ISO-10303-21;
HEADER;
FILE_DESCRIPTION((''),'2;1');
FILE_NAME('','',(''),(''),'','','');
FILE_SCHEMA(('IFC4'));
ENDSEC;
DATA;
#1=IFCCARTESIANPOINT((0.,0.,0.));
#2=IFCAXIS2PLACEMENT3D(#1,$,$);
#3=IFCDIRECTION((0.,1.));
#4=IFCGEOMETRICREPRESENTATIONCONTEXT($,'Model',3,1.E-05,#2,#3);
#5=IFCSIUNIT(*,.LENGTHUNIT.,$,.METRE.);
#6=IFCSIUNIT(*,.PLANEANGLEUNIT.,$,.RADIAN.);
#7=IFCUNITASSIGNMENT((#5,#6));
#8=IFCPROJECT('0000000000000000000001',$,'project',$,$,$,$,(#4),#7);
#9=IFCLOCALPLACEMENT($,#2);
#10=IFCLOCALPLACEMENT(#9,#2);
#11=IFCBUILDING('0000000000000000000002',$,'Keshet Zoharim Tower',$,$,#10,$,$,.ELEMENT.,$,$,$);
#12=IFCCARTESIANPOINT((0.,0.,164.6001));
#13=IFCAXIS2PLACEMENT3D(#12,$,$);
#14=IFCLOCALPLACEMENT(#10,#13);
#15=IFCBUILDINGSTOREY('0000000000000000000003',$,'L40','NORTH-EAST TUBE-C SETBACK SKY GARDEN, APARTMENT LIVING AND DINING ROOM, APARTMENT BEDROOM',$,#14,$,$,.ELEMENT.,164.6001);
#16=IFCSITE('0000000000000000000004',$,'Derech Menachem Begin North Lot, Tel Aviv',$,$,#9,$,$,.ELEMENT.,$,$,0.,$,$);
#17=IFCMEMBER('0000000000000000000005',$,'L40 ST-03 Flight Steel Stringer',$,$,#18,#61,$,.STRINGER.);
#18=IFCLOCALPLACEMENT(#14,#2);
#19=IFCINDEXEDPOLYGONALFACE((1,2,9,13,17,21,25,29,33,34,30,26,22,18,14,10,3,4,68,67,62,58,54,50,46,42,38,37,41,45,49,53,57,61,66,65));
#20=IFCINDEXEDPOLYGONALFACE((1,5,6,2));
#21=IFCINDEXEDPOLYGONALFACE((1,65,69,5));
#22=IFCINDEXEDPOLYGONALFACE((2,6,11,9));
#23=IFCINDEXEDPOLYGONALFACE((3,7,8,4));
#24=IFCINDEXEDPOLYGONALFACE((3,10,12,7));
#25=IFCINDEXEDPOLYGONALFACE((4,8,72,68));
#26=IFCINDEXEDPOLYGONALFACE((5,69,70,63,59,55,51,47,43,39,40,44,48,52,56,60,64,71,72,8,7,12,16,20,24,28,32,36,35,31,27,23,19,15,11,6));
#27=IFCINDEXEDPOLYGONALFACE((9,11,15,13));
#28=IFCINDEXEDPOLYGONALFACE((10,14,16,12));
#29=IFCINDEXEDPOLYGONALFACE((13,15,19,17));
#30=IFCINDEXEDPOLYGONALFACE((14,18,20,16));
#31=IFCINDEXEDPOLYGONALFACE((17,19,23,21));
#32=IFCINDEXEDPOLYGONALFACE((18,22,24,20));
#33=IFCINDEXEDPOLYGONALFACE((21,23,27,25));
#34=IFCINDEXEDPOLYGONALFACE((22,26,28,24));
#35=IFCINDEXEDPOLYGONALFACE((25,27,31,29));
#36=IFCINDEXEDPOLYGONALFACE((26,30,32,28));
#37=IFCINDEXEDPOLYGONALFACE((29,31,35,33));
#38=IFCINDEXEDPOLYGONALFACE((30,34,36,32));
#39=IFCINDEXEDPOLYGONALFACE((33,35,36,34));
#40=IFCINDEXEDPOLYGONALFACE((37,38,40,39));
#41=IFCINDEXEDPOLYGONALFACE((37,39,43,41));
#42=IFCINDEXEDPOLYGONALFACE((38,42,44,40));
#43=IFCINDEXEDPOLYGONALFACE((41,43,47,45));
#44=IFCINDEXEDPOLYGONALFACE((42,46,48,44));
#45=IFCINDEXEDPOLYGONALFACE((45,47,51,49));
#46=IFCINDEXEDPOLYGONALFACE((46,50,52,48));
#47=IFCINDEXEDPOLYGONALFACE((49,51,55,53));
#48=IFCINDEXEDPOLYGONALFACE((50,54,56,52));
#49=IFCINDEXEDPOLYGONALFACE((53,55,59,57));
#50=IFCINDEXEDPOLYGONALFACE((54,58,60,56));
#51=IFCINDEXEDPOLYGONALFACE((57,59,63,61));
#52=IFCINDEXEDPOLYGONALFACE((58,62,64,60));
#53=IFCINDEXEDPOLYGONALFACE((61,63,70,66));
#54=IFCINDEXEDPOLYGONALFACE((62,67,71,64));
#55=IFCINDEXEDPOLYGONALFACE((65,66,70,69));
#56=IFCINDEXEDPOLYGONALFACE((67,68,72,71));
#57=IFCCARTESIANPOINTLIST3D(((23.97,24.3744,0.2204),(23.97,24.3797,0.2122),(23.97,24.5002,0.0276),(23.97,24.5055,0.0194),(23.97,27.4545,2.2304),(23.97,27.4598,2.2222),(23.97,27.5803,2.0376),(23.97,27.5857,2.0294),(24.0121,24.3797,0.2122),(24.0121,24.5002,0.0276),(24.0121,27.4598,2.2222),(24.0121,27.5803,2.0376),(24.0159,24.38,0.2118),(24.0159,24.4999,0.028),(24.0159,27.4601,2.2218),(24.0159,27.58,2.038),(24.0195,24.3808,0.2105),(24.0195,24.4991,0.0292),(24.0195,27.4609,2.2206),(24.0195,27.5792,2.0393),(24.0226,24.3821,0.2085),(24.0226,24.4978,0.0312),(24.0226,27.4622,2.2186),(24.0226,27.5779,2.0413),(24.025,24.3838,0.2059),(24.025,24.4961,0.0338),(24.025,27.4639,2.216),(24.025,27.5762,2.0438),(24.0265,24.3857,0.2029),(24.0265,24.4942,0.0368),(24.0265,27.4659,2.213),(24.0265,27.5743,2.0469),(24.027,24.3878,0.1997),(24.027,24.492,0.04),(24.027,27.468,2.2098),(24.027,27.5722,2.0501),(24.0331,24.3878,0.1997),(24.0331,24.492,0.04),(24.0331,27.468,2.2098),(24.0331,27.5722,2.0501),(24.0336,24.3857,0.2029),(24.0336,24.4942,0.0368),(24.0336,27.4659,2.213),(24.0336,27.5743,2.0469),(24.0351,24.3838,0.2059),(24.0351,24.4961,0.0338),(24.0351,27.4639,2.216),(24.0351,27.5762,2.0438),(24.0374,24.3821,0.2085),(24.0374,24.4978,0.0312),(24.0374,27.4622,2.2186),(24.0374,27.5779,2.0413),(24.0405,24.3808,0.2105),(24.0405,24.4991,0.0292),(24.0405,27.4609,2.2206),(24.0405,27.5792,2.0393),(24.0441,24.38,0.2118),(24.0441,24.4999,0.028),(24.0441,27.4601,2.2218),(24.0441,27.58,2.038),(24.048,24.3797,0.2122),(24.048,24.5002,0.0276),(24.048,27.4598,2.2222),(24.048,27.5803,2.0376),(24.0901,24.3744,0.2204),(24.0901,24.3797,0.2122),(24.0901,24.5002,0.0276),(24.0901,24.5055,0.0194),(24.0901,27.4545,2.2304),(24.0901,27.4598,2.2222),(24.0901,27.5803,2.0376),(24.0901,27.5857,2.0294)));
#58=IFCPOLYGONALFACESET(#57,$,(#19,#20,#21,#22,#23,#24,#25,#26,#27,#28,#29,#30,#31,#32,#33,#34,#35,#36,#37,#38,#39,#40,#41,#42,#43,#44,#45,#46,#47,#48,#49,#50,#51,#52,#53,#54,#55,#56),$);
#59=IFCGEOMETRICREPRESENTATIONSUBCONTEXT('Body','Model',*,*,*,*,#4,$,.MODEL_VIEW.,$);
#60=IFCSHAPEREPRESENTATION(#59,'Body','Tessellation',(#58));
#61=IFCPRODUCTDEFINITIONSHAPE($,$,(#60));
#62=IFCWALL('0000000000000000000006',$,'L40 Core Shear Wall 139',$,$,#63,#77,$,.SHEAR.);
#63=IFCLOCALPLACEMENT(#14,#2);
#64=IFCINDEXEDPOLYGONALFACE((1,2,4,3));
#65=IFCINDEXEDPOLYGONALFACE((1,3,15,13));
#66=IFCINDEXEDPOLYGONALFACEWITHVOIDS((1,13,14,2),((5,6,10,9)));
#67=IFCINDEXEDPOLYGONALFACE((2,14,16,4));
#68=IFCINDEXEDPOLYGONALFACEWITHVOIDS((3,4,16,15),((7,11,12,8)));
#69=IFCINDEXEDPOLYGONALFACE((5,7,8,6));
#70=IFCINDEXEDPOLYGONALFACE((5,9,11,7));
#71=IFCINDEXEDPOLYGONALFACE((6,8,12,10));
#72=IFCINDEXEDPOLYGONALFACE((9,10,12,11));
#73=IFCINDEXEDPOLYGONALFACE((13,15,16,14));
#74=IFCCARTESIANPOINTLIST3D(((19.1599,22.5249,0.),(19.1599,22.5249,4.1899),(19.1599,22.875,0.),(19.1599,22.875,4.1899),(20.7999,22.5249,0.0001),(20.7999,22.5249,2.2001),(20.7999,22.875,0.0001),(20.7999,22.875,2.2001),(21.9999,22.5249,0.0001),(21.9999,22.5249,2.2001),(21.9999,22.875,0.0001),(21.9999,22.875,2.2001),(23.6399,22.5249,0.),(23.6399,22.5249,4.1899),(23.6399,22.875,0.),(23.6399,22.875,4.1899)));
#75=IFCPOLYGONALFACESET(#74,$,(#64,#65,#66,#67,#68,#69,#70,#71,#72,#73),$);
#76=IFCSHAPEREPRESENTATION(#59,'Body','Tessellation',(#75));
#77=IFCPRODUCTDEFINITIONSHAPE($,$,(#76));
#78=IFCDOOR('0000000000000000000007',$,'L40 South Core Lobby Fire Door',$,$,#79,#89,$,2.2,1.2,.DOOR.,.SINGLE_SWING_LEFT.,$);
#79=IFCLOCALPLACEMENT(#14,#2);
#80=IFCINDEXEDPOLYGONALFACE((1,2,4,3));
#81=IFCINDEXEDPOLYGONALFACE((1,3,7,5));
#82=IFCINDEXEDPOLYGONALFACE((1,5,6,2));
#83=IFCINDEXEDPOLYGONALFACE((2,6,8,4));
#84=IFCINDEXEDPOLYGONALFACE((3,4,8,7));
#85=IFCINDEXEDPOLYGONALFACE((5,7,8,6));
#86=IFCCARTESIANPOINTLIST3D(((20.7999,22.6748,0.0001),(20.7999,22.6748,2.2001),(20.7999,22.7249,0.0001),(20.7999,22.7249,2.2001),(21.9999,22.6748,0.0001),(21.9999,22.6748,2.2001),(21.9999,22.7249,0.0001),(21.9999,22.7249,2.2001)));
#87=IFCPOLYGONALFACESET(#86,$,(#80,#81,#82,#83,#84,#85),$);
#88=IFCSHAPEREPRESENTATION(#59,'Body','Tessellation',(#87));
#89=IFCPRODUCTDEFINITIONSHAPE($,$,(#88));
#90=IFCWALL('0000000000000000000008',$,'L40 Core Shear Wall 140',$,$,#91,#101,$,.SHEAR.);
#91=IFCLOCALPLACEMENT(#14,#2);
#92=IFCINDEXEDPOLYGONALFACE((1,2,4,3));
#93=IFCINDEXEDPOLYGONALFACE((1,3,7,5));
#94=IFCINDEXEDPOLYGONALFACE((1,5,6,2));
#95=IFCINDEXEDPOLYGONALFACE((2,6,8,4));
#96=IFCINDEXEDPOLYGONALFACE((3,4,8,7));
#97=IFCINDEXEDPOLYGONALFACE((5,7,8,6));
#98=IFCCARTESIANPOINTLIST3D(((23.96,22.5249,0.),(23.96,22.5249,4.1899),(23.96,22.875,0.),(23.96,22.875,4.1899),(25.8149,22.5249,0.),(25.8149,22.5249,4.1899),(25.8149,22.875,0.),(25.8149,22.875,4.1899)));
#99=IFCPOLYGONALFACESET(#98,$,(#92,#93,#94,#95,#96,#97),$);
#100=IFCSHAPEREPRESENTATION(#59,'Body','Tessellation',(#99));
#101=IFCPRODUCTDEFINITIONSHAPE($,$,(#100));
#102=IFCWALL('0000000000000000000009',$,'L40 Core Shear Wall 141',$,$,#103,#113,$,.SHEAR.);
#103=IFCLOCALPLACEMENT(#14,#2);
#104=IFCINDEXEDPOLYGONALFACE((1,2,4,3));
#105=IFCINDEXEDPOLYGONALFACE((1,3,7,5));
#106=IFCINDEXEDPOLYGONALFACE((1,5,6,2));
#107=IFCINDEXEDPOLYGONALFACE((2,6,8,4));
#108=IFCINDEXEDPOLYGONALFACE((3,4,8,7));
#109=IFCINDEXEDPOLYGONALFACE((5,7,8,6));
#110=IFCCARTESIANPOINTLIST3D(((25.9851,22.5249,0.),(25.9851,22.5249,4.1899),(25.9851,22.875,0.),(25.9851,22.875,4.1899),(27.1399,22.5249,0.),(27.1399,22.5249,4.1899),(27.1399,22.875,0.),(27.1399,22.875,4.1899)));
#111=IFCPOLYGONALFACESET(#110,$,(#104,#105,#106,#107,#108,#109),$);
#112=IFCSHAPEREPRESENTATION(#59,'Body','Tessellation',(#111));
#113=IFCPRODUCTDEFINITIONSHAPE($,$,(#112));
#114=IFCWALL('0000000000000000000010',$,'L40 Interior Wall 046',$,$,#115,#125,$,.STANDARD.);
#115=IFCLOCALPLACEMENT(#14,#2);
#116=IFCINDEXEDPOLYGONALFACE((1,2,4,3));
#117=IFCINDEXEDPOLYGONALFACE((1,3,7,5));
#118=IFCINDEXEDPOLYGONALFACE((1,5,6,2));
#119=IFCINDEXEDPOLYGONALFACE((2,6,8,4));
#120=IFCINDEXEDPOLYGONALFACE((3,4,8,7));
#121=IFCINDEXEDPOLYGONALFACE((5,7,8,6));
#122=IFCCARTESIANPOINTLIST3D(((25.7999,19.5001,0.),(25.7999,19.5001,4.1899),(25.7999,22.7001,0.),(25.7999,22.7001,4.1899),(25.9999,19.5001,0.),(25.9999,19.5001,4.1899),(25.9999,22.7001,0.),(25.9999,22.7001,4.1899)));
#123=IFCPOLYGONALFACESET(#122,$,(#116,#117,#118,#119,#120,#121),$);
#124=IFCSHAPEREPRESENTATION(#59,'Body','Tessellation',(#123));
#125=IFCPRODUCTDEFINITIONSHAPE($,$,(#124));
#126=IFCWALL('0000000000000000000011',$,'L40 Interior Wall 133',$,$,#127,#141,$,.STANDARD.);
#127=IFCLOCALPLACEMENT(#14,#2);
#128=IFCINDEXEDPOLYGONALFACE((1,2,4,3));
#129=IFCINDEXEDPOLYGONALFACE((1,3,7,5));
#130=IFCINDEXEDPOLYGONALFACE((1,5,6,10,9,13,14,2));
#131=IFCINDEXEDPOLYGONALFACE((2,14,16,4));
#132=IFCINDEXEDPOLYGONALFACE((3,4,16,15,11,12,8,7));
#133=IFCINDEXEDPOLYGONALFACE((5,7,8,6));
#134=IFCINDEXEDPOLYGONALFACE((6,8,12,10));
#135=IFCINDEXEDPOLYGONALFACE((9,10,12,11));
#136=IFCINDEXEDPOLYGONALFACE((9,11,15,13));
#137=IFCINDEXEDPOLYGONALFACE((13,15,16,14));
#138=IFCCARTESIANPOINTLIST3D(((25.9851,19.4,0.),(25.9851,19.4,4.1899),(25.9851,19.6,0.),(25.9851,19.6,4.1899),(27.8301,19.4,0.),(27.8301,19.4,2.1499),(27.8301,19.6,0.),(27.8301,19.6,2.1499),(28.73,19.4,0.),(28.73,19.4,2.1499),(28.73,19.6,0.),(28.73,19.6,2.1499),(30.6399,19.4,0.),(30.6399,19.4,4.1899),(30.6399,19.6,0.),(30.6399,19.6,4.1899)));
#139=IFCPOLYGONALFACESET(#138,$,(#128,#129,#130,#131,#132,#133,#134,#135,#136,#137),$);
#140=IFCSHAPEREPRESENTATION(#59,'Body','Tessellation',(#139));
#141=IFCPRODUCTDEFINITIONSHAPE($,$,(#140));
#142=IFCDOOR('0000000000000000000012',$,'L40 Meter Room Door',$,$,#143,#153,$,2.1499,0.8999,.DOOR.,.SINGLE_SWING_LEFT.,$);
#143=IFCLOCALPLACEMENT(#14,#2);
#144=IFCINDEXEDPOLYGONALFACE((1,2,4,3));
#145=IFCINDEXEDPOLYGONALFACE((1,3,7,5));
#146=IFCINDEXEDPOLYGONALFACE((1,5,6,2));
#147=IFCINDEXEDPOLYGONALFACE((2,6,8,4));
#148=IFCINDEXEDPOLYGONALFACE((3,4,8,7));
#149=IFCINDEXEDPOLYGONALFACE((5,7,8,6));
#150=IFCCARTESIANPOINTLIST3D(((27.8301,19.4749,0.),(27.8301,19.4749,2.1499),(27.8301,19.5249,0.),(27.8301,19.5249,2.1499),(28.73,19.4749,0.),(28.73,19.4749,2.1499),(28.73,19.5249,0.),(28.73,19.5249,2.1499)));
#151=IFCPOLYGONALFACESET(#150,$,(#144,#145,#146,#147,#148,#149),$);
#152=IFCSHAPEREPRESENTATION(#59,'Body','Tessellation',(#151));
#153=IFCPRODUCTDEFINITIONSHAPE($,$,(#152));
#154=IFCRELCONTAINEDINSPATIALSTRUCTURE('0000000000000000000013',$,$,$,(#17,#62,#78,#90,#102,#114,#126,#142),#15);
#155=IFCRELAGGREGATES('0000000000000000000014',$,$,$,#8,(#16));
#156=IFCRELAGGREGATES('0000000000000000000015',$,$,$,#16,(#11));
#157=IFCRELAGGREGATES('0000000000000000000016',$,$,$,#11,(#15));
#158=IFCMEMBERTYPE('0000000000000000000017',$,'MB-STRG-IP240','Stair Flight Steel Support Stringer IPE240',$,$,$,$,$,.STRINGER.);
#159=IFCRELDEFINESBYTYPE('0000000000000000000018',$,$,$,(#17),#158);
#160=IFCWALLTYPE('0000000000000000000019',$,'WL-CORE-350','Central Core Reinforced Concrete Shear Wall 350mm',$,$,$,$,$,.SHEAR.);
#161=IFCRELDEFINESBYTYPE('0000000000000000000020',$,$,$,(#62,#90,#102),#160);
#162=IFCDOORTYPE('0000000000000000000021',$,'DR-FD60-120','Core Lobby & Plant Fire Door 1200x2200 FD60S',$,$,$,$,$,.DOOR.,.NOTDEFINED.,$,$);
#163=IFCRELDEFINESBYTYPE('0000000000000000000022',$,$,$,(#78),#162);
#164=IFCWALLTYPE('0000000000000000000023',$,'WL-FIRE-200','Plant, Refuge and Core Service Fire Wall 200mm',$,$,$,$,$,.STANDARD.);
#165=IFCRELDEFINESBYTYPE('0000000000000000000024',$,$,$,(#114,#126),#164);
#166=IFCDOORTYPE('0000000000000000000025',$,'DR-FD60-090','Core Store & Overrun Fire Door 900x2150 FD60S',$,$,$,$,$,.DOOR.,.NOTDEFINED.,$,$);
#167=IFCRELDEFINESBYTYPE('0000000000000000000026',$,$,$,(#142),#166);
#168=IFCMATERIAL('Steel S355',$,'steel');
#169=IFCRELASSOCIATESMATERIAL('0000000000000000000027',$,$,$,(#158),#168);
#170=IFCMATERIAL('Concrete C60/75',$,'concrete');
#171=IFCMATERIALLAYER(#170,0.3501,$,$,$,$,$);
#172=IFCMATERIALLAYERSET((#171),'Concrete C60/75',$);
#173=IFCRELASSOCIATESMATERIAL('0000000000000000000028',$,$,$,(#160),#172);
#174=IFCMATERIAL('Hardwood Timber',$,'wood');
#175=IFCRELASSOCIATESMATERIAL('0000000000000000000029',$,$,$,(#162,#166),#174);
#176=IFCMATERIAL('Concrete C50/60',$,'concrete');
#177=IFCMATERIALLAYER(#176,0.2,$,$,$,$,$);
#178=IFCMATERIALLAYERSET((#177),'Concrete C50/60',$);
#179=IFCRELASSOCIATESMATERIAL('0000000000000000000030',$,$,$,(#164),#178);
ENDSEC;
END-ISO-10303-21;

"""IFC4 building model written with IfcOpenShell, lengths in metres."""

from ifc_helpers import new_model, si_unit, direction, frame, frame_2d, origin, origin_2d, place, context, subcontext, project, spatial, rectangle, i_section, extrude, material, layer, layer_set, material_profile, profile_set, type_object, element, fill, save


model = new_model("IFC4")

# Units and contexts
model_context = context("Model", 3, precision=1e-05, world=origin(), true_north=direction((0.0, 1.0)))
body_context = subcontext(model_context, "Body", "Model", "MODEL_VIEW")
ifc_project = project(units=[si_unit("LENGTHUNIT", "METRE"), si_unit("PLANEANGLEUNIT", "RADIAN")], contexts=[model_context])

# Site, building, storey
site_placement = place(None, origin())
site = spatial("IfcSite", under=ifc_project, at=site_placement, Name="Derech Menachem Begin North Lot, Tel Aviv", CompositionType="ELEMENT", RefElevation=0.0)
building_placement = place(site_placement, origin())
building = spatial("IfcBuilding", under=site, at=building_placement, Name="Keshet Zoharim Tower", CompositionType="ELEMENT")
storey_placement = place(building_placement, frame((0.0, 0.0, 164.6001)))
storey = spatial("IfcBuildingStorey", under=building, at=storey_placement, Name="L40", Description="NORTH-EAST TUBE-C SETBACK SKY GARDEN, APARTMENT LIVING AND DINING ROOM, APARTMENT BEDROOM", CompositionType="ELEMENT", Elevation=164.6001)

# Member
ifc_material_1 = material(Name="Steel S355", Category="steel")
ifc_material_profile = material_profile(ifc_material_1, i_section(OverallWidth=0.1201, OverallDepth=0.24, WebThickness=0.0061, FlangeThickness=0.0098, FilletRadius=0.0149, at=origin_2d()), Name="IPE240")
ifc_profile_set = profile_set([ifc_material_profile], Name="Steel S355")
member_type = type_object("IfcMemberType", Name="MB-STRG-IP240", Description="Stair Flight Steel Support Stringer IPE240", PredefinedType="STRINGER", material=ifc_profile_set)
member_placement = place(storey_placement, frame((24.03, 24.4399, 0.1199), z_axis=(0.0, 0.837453, 0.546509), x_axis=(-1.0, 0.0, 0.0)))
element("IfcMember", 1, at=member_placement, inside=storey, type_object=member_type, Name="L40 ST-03 Flight Steel Stringer", PredefinedType="STRINGER", context=body_context, shape_type="SweptSolid", body=[
    extrude(i_section(OverallWidth=0.1201, OverallDepth=0.24, WebThickness=0.0061, FlangeThickness=0.0098, FilletRadius=0.0149, at=origin_2d()), origin(), (0.0, 0.0, 1.0), 3.678),
])

# Wall, opening, door
ifc_material_2 = material(Name="Concrete C60/75", Category="concrete")
ifc_layer_1 = layer(ifc_material_2, 0.3501)
ifc_layer_set_1 = layer_set([ifc_layer_1], Name="Concrete C60/75")
wall_type_1 = type_object("IfcWallType", Name="WL-CORE-350", Description="Central Core Reinforced Concrete Shear Wall 350mm", PredefinedType="SHEAR", material=ifc_layer_set_1)
ifc_material_3 = material(Name="Hardwood Timber", Category="wood")
wall_1_placement = place(storey_placement, frame((19.1599, 22.7, 0.0), z_axis=(0.0, 0.0, 1.0), x_axis=(1.0, 0.0, 0.0)))
wall_1 = element("IfcWall", 2, at=wall_1_placement, inside=storey, type_object=wall_type_1, Name="L40 Core Shear Wall 139", PredefinedType="SHEAR", context=body_context, shape_type="SweptSolid", body=[
    extrude(rectangle(XDim=4.48, YDim=0.3501, at=frame_2d((2.24, 0.0))), origin(), (0.0, 0.0, 1.0), 4.1899),
])
opening_1_placement = place(wall_1_placement, frame((1.6399, 0.0, 0.0)))
opening_1 = element("IfcOpeningElement", 3, at=opening_1_placement, cuts=wall_1, PredefinedType="OPENING", context=body_context, shape_type="SweptSolid", body=[
    extrude(rectangle(XDim=1.2, YDim=2.2, at=frame_2d((0.6001, 1.1001))), frame((0.0, 0.1851, 0.0), z_axis=(0.0, -1.0, 0.0), x_axis=(1.0, 0.0, 0.0)), (0.0, 0.0, 1.0), 0.3701),
])
door_type_1 = type_object("IfcDoorType", Name="DR-FD60-120", Description="Core Lobby & Plant Fire Door 1200x2200 FD60S", OperationType="NOTDEFINED", PredefinedType="DOOR", material=ifc_material_3)
door_1_placement = place(opening_1_placement, origin())
door_1 = element("IfcDoor", 4, at=door_1_placement, inside=storey, type_object=door_type_1, Name="L40 South Core Lobby Fire Door", OperationType="SINGLE_SWING_LEFT", OverallHeight=2.2, OverallWidth=1.2, PredefinedType="DOOR", context=body_context, shape_type="SweptSolid", body=[
    extrude(rectangle(XDim=1.2, YDim=2.2, at=frame_2d((0.6001, 1.1001))), frame((0.0, 0.0249, 0.0), z_axis=(0.0, -1.0, 0.0), x_axis=(1.0, 0.0, 0.0)), (0.0, 0.0, 1.0), 0.05),
])
fill(opening_1, door_1)

# Walls
wall_2_placement = place(storey_placement, frame((23.96, 22.7, 0.0), z_axis=(0.0, 0.0, 1.0), x_axis=(1.0, 0.0, 0.0)))
element("IfcWall", 5, at=wall_2_placement, inside=storey, type_object=wall_type_1, Name="L40 Core Shear Wall 140", PredefinedType="SHEAR", context=body_context, shape_type="SweptSolid", body=[
    extrude(rectangle(XDim=1.855, YDim=0.3501, at=frame_2d((0.9275, 0.0))), origin(), (0.0, 0.0, 1.0), 4.1899),
])
wall_3_placement = place(storey_placement, frame((25.9851, 22.7, 0.0), z_axis=(0.0, 0.0, 1.0), x_axis=(1.0, 0.0, 0.0)))
element("IfcWall", 6, at=wall_3_placement, inside=storey, type_object=wall_type_1, Name="L40 Core Shear Wall 141", PredefinedType="SHEAR", context=body_context, shape_type="SweptSolid", body=[
    extrude(rectangle(XDim=1.1548, YDim=0.3501, at=frame_2d((0.5774, 0.0))), origin(), (0.0, 0.0, 1.0), 4.1899),
])
ifc_material_4 = material(Name="Concrete C50/60", Category="concrete")
ifc_layer_2 = layer(ifc_material_4, 0.2)
ifc_layer_set_2 = layer_set([ifc_layer_2], Name="Concrete C50/60")
wall_type_2 = type_object("IfcWallType", Name="WL-FIRE-200", Description="Plant, Refuge and Core Service Fire Wall 200mm", PredefinedType="STANDARD", material=ifc_layer_set_2)
wall_4_placement = place(storey_placement, frame((25.8999, 19.5, 0.0), z_axis=(0.0, 0.0, 1.0), x_axis=(0.0, 1.0, 0.0)))
element("IfcWall", 7, at=wall_4_placement, inside=storey, type_object=wall_type_2, Name="L40 Interior Wall 046", PredefinedType="STANDARD", context=body_context, shape_type="SweptSolid", body=[
    extrude(rectangle(XDim=3.2, YDim=0.2, at=frame_2d((1.6001, 0.0))), origin(), (0.0, 0.0, 1.0), 4.1899),
])

# Wall, opening, door
door_type_2 = type_object("IfcDoorType", Name="DR-FD60-090", Description="Core Store & Overrun Fire Door 900x2150 FD60S", OperationType="NOTDEFINED", PredefinedType="DOOR", material=ifc_material_3)
wall_5_placement = place(storey_placement, frame((25.9851, 19.5, 0.0), z_axis=(0.0, 0.0, 1.0), x_axis=(1.0, 0.0, 0.0)))
wall_5 = element("IfcWall", 8, at=wall_5_placement, inside=storey, type_object=wall_type_2, Name="L40 Interior Wall 133", PredefinedType="STANDARD", context=body_context, shape_type="SweptSolid", body=[
    extrude(rectangle(XDim=4.6548, YDim=0.2, at=frame_2d((2.3274, 0.0))), origin(), (0.0, 0.0, 1.0), 4.1899),
])
opening_2_placement = place(wall_5_placement, frame((1.845, 0.0, 0.0)))
opening_2 = element("IfcOpeningElement", 9, at=opening_2_placement, cuts=wall_5, PredefinedType="OPENING", context=body_context, shape_type="SweptSolid", body=[
    extrude(rectangle(XDim=0.8999, YDim=2.1499, at=frame_2d((0.45, 1.075))), frame((0.0, 0.1099, 0.0), z_axis=(0.0, -1.0, 0.0), x_axis=(1.0, 0.0, 0.0)), (0.0, 0.0, 1.0), 0.22),
])
door_2_placement = place(opening_2_placement, origin())
door_2 = element("IfcDoor", 10, at=door_2_placement, inside=storey, type_object=door_type_2, Name="L40 Meter Room Door", OperationType="SINGLE_SWING_LEFT", OverallHeight=2.1499, OverallWidth=0.8999, PredefinedType="DOOR", context=body_context, shape_type="SweptSolid", body=[
    extrude(rectangle(XDim=0.8999, YDim=2.1499, at=frame_2d((0.45, 1.075))), frame((0.0, 0.0249, 0.0), z_axis=(0.0, -1.0, 0.0), x_axis=(1.0, 0.0, 0.0)), (0.0, 0.0, 1.0), 0.05),
])
fill(opening_2, door_2)

save(model, "model.ifc")
